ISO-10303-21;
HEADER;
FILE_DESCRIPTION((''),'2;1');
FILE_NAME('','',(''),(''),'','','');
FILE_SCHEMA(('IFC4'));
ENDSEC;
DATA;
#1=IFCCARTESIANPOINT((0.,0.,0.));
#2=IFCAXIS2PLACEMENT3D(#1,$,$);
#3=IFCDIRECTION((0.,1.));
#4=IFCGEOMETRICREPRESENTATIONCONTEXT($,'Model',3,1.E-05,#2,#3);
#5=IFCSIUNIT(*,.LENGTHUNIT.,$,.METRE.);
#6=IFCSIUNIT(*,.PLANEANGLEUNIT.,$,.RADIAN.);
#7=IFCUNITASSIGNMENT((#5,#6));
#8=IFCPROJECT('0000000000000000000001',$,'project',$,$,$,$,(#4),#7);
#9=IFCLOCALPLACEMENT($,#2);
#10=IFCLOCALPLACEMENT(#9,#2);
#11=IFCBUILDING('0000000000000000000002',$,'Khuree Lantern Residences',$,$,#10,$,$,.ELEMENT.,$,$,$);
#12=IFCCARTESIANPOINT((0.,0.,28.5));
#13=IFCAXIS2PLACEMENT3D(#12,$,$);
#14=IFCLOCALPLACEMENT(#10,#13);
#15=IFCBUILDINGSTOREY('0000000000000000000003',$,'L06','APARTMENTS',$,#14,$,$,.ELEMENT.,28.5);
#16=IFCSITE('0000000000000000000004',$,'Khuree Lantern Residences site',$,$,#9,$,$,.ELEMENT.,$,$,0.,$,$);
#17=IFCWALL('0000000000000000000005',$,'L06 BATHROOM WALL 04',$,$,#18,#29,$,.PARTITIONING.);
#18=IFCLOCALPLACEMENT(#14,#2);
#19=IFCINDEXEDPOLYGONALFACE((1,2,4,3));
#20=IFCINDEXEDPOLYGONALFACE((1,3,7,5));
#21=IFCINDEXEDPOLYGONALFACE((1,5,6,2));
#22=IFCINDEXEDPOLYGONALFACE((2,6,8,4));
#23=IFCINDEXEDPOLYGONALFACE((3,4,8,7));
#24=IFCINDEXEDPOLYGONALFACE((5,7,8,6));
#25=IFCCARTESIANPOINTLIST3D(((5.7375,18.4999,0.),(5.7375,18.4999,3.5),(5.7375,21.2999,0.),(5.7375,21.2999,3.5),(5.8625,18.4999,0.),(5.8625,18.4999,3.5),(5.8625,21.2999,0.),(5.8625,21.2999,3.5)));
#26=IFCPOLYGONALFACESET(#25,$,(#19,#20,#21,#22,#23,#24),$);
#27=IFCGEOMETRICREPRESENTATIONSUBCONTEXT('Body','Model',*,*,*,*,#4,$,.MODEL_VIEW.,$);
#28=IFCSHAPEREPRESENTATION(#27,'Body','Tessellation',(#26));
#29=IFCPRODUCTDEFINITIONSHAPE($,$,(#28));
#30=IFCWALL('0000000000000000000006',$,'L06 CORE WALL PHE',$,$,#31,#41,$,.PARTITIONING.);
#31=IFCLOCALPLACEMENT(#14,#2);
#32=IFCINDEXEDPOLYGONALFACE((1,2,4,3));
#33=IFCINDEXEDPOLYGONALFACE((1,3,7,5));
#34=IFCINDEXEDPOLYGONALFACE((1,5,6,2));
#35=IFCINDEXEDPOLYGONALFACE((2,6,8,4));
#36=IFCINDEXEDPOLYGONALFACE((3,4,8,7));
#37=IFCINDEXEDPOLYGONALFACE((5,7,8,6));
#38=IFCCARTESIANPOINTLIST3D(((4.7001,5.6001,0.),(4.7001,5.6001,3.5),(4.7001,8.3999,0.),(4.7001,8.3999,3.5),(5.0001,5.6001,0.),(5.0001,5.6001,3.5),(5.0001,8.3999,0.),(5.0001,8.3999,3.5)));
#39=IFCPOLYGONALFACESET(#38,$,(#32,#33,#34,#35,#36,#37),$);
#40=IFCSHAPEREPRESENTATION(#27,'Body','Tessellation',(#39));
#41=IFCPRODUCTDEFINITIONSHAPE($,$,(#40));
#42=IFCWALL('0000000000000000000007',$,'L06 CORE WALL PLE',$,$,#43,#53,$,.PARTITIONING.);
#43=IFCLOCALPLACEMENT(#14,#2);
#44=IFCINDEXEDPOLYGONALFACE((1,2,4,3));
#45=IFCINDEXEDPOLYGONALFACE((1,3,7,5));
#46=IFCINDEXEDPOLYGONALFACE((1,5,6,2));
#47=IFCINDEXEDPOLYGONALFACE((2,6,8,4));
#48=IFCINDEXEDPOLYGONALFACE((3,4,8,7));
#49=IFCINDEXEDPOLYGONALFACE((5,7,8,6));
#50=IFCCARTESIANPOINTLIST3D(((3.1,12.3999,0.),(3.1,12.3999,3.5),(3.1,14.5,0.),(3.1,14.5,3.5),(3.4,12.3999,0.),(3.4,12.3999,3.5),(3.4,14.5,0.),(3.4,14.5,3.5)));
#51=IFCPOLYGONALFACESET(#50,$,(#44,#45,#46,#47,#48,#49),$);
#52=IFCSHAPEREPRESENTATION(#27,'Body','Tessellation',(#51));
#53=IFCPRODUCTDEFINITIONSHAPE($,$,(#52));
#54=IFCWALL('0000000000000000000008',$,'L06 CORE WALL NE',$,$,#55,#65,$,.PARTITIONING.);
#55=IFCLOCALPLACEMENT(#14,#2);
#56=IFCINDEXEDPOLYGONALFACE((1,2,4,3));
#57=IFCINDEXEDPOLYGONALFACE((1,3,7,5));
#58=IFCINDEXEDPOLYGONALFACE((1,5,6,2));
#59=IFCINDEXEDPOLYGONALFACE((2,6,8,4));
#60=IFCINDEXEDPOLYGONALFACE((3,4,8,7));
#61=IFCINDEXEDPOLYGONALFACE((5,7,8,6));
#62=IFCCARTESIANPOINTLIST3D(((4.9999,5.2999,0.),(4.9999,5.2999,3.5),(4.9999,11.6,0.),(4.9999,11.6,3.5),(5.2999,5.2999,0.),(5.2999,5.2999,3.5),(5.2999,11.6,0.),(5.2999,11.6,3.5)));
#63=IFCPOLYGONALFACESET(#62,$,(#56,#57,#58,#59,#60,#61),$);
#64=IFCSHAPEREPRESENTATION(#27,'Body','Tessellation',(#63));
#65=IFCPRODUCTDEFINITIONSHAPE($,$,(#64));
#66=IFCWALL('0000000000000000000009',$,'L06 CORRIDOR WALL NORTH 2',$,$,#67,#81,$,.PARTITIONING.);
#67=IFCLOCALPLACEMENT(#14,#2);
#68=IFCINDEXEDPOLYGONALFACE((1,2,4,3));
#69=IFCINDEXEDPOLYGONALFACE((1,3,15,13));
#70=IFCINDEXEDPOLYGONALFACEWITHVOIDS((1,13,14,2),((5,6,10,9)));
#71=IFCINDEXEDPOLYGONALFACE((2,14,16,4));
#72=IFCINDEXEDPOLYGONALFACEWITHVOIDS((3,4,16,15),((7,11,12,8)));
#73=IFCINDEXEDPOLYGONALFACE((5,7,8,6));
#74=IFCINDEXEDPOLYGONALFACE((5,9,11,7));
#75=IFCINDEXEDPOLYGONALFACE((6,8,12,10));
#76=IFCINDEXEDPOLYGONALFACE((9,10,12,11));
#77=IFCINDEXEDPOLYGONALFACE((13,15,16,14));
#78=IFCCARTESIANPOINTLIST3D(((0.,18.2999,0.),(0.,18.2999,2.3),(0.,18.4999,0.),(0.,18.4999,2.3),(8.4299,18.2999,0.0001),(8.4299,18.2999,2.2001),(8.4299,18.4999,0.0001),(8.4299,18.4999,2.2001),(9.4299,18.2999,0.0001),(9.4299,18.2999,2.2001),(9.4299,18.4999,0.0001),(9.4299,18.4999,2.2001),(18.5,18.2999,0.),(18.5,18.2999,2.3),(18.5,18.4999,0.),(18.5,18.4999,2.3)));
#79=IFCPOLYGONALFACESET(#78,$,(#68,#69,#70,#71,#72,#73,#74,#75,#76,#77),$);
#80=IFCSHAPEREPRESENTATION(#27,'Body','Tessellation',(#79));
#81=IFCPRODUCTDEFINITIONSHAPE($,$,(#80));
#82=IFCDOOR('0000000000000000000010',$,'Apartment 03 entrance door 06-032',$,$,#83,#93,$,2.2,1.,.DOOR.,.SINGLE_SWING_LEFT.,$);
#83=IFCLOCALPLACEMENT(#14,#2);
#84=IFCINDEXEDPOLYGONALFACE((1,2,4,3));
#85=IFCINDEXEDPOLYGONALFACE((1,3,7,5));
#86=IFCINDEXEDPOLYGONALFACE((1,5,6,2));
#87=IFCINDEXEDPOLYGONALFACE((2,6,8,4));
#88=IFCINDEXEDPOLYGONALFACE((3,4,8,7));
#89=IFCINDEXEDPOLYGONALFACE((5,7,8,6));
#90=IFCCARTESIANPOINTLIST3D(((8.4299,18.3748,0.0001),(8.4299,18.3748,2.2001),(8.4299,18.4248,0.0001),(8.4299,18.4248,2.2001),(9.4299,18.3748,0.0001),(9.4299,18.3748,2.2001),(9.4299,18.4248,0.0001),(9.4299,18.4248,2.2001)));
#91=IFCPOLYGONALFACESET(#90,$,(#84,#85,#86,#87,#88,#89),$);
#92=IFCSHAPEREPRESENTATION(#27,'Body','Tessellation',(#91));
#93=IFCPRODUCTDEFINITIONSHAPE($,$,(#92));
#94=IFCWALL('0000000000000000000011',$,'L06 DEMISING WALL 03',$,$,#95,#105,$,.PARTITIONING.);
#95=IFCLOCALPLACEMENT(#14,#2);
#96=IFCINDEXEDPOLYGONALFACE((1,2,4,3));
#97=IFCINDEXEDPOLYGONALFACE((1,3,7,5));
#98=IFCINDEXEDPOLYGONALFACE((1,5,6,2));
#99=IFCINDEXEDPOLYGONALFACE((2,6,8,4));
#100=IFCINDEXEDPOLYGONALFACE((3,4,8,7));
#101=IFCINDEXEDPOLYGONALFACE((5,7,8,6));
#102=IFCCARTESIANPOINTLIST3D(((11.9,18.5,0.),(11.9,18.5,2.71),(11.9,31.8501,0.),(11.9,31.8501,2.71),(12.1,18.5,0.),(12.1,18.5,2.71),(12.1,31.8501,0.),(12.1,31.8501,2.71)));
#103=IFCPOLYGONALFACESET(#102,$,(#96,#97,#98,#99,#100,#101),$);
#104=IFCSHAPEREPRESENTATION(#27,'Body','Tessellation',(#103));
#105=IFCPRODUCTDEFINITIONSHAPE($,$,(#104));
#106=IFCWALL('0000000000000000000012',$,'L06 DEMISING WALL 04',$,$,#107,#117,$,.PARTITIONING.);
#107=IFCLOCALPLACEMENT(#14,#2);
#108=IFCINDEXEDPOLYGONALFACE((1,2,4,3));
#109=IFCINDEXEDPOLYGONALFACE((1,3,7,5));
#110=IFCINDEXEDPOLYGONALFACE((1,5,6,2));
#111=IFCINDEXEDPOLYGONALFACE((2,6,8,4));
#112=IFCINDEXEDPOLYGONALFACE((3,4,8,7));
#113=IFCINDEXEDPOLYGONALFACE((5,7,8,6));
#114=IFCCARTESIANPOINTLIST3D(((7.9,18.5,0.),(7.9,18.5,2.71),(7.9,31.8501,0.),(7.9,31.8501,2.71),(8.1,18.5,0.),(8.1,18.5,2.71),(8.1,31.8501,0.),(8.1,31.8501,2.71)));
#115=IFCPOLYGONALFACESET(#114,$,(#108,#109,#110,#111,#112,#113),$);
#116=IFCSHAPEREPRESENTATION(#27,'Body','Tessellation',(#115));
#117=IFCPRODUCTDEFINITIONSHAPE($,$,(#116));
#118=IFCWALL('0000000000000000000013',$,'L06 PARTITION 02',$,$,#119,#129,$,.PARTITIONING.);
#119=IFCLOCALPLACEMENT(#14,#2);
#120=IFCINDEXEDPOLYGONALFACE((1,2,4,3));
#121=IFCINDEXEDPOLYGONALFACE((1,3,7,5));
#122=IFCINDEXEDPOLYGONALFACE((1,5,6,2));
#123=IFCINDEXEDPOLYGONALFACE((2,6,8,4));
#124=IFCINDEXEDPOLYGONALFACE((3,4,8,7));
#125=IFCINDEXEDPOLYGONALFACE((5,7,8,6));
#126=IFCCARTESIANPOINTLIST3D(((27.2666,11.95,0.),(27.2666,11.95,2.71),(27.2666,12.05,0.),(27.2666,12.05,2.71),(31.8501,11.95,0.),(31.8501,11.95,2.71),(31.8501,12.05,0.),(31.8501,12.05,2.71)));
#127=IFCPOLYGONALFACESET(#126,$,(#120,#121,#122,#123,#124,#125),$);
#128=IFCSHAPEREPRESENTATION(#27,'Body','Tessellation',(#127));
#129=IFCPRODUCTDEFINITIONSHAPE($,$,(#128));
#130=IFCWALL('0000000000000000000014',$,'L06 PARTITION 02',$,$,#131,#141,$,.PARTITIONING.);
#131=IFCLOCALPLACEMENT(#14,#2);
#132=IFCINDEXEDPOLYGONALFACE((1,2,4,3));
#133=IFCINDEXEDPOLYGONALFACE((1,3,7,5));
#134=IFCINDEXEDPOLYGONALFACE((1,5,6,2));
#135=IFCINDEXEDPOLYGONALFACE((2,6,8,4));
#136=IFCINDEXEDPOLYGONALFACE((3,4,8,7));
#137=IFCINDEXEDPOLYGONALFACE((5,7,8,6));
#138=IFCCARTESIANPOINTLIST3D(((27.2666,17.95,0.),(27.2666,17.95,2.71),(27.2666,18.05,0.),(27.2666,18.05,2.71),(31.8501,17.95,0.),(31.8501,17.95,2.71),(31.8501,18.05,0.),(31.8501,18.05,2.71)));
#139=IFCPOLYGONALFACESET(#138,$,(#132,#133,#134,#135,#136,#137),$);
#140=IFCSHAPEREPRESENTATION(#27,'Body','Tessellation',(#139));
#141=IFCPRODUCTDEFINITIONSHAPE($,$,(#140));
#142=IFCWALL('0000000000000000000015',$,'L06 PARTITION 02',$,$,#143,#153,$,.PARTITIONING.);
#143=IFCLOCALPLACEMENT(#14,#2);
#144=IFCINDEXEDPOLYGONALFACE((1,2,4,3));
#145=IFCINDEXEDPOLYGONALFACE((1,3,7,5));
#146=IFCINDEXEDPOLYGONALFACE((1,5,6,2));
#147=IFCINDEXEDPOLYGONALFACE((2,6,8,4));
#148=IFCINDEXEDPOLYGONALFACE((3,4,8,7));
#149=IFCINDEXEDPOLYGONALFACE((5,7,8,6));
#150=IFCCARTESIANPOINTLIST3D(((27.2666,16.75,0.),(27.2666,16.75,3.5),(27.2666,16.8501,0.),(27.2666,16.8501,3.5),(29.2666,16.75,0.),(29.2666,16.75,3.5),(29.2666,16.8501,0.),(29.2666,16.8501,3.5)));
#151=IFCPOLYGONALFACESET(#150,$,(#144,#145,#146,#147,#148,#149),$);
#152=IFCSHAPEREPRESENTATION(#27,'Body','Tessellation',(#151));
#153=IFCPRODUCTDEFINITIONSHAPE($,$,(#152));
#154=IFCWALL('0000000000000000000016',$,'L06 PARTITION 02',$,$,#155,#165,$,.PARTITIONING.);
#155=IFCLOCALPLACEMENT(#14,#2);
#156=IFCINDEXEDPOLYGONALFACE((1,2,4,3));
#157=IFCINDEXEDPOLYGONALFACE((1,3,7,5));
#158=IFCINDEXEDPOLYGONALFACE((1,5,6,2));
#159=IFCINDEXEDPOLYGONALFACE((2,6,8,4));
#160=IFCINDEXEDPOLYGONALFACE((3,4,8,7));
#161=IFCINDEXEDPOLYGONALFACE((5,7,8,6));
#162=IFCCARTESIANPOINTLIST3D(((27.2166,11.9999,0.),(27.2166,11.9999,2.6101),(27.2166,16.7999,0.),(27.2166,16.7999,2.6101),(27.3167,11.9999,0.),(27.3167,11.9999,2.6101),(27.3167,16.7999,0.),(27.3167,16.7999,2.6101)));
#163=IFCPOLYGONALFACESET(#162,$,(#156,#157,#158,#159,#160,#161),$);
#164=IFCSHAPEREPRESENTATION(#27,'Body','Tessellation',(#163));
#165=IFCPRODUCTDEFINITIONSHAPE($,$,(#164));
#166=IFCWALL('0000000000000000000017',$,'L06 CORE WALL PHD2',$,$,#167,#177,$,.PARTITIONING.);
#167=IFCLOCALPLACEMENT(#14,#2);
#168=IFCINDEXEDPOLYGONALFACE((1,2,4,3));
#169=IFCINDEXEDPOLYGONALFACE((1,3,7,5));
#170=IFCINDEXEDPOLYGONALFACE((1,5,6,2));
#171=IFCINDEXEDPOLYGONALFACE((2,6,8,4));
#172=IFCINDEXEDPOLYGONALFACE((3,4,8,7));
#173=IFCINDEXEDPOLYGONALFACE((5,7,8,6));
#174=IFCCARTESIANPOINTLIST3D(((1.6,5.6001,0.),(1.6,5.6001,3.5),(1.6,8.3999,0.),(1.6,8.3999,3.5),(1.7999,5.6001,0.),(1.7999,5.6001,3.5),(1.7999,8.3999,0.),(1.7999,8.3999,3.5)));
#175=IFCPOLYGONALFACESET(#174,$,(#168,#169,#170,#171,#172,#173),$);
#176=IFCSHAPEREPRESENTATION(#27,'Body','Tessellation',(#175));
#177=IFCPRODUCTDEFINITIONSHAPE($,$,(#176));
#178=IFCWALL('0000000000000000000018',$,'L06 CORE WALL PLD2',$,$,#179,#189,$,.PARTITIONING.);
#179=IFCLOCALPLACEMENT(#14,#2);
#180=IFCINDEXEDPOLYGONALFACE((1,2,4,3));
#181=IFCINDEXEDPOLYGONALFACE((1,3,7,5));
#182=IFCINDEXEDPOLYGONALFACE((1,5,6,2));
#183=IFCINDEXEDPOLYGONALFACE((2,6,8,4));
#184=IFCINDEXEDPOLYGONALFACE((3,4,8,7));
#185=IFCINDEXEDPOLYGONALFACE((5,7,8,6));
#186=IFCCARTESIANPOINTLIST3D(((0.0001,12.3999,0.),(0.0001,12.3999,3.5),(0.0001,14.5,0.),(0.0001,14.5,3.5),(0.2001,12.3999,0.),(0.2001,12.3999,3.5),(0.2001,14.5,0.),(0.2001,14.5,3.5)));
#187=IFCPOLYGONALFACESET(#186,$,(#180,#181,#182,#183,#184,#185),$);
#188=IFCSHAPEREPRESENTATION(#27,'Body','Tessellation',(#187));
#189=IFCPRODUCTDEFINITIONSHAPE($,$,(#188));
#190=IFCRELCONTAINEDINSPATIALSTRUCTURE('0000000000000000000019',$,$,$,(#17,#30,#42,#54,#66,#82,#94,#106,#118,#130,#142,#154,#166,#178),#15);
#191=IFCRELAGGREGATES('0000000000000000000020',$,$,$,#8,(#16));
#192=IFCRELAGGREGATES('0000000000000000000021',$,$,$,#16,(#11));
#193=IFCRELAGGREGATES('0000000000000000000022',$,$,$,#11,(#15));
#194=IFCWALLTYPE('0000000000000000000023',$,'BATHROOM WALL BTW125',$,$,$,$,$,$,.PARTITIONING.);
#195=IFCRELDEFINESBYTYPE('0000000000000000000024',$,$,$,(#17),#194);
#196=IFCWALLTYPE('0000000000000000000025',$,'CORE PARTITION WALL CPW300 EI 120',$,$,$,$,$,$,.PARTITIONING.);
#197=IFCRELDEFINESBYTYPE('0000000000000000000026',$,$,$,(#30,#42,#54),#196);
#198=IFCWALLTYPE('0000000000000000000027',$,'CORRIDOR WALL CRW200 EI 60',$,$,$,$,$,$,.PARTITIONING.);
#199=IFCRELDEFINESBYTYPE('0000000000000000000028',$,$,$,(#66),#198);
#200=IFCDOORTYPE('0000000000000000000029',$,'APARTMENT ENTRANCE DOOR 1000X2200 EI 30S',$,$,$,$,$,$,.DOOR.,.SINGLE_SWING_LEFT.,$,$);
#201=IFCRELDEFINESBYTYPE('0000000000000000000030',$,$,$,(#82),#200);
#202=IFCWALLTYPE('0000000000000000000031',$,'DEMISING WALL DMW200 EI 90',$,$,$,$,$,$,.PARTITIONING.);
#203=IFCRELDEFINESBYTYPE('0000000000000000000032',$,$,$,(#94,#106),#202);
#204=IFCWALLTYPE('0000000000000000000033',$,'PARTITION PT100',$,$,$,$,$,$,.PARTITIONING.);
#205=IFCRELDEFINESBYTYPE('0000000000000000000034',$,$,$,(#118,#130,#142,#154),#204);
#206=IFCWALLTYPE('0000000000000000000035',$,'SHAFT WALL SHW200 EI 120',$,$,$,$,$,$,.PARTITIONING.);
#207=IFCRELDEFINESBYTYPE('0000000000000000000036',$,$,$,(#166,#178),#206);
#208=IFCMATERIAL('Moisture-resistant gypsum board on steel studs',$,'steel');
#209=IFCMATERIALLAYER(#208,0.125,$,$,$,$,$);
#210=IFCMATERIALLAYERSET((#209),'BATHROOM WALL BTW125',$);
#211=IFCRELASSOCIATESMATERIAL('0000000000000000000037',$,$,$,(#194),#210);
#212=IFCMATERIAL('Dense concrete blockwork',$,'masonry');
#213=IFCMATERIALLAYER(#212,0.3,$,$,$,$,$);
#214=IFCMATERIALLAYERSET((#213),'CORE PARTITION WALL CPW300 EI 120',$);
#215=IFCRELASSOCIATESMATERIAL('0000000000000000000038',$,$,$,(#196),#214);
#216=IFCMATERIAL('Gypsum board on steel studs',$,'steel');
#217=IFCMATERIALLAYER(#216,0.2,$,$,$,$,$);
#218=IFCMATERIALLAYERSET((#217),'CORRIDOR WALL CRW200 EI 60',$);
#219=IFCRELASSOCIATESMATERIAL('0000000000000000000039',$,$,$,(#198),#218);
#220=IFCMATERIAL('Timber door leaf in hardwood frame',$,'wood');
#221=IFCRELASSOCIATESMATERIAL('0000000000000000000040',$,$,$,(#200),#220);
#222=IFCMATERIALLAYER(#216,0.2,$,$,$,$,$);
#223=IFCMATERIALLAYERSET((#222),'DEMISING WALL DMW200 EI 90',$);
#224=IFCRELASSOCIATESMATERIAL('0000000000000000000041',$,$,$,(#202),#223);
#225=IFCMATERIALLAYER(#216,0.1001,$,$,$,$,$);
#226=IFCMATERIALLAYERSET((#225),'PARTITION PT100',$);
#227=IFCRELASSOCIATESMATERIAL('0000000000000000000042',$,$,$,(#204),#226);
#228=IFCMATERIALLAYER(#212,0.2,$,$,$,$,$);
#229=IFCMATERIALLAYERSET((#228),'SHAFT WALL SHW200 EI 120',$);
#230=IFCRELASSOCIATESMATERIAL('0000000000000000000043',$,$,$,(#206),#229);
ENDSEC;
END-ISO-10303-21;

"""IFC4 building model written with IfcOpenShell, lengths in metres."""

from ifc_helpers import new_model, si_unit, direction, frame, frame_2d, origin, place, context, subcontext, project, spatial, rectangle, extrude, material, layer, layer_set, type_object, element, fill, save


model = new_model("IFC4")

# Units and contexts
model_context = context("Model", 3, precision=1e-05, world=origin(), true_north=direction((0.0, 1.0)))
body_context = subcontext(model_context, "Body", "Model", "MODEL_VIEW")
ifc_project = project(units=[si_unit("LENGTHUNIT", "METRE"), si_unit("PLANEANGLEUNIT", "RADIAN")], contexts=[model_context])

# Site, building, storey
site_placement = place(None, origin())
site = spatial("IfcSite", under=ifc_project, at=site_placement, Name="Khuree Lantern Residences site", CompositionType="ELEMENT", RefElevation=0.0)
building_placement = place(site_placement, origin())
building = spatial("IfcBuilding", under=site, at=building_placement, Name="Khuree Lantern Residences", CompositionType="ELEMENT")
storey_placement = place(building_placement, frame((0.0, 0.0, 28.5)))
storey = spatial("IfcBuildingStorey", under=building, at=storey_placement, Name="L06", Description="APARTMENTS", CompositionType="ELEMENT", Elevation=28.5)

# Walls
ifc_material_1 = material(Name="Moisture-resistant gypsum board on steel studs", Category="steel")
ifc_layer_1 = layer(ifc_material_1, 0.125)
ifc_layer_set_1 = layer_set([ifc_layer_1], Name="BATHROOM WALL BTW125")
wall_type_1 = type_object("IfcWallType", Name="BATHROOM WALL BTW125", PredefinedType="PARTITIONING", material=ifc_layer_set_1)
wall_1_placement = place(storey_placement, frame((5.8, 18.5, 0.0), z_axis=(0.0, 0.0, 1.0), x_axis=(0.0, 1.0, 0.0)))
element("IfcWall", 1, at=wall_1_placement, inside=storey, type_object=wall_type_1, Name="L06 BATHROOM WALL 04", PredefinedType="PARTITIONING", context=body_context, shape_type="SweptSolid", body=[
    extrude(rectangle(XDim=2.8, YDim=0.125, at=frame_2d((1.3999, 0.0))), origin(), (0.0, 0.0, 1.0), 3.5),
])
ifc_material_2 = material(Name="Dense concrete blockwork", Category="masonry")
ifc_layer_2 = layer(ifc_material_2, 0.3)
ifc_layer_set_2 = layer_set([ifc_layer_2], Name="CORE PARTITION WALL CPW300 EI 120")
wall_type_2 = type_object("IfcWallType", Name="CORE PARTITION WALL CPW300 EI 120", PredefinedType="PARTITIONING", material=ifc_layer_set_2)
wall_2_placement = place(storey_placement, frame((4.8501, 5.6001, 0.0), z_axis=(0.0, 0.0, 1.0), x_axis=(0.0, 1.0, 0.0)))
element("IfcWall", 2, at=wall_2_placement, inside=storey, type_object=wall_type_2, Name="L06 CORE WALL PHE", PredefinedType="PARTITIONING", context=body_context, shape_type="SweptSolid", body=[
    extrude(rectangle(XDim=2.7998, YDim=0.3, at=frame_2d((1.3999, 0.0))), origin(), (0.0, 0.0, 1.0), 3.5),
])
wall_3_placement = place(storey_placement, frame((3.25, 12.3999, 0.0), z_axis=(0.0, 0.0, 1.0), x_axis=(0.0, 1.0, 0.0)))
element("IfcWall", 3, at=wall_3_placement, inside=storey, type_object=wall_type_2, Name="L06 CORE WALL PLE", PredefinedType="PARTITIONING", context=body_context, shape_type="SweptSolid", body=[
    extrude(rectangle(XDim=2.1001, YDim=0.3, at=frame_2d((1.05, 0.0))), origin(), (0.0, 0.0, 1.0), 3.5),
])
wall_4_placement = place(storey_placement, frame((5.1499, 5.3, 0.0), z_axis=(0.0, 0.0, 1.0), x_axis=(0.0, 1.0, 0.0)))
element("IfcWall", 4, at=wall_4_placement, inside=storey, type_object=wall_type_2, Name="L06 CORE WALL NE", PredefinedType="PARTITIONING", context=body_context, shape_type="SweptSolid", body=[
    extrude(rectangle(XDim=6.3, YDim=0.3, at=frame_2d((3.1499, 0.0))), origin(), (0.0, 0.0, 1.0), 3.5),
])

# Wall, opening, door
ifc_material_3 = material(Name="Gypsum board on steel studs", Category="steel")
ifc_layer_3 = layer(ifc_material_3, 0.2)
ifc_layer_set_3 = layer_set([ifc_layer_3], Name="CORRIDOR WALL CRW200 EI 60")
wall_type_3 = type_object("IfcWallType", Name="CORRIDOR WALL CRW200 EI 60", PredefinedType="PARTITIONING", material=ifc_layer_set_3)
wall_5_placement = place(storey_placement, frame((0.0, 18.3999, 0.0), z_axis=(0.0, 0.0, 1.0), x_axis=(1.0, 0.0, 0.0)))
wall_5 = element("IfcWall", 5, at=wall_5_placement, inside=storey, type_object=wall_type_3, Name="L06 CORRIDOR WALL NORTH 2", PredefinedType="PARTITIONING", context=body_context, shape_type="SweptSolid", body=[
    extrude(rectangle(XDim=18.5, YDim=0.2, at=frame_2d((9.25, 0.0))), origin(), (0.0, 0.0, 1.0), 2.3),
])
opening_placement = place(wall_5_placement, frame((8.4299, 0.0, 0.0)))
opening = element("IfcOpeningElement", 6, at=opening_placement, cuts=wall_5, PredefinedType="OPENING", context=body_context, shape_type="SweptSolid", body=[
    extrude(rectangle(XDim=1.0, YDim=2.2, at=frame_2d((0.5, 1.1001))), frame((0.0, 0.1099, 0.0), z_axis=(0.0, -1.0, 0.0), x_axis=(1.0, 0.0, 0.0)), (0.0, 0.0, 1.0), 0.22),
])
ifc_material_4 = material(Name="Timber door leaf in hardwood frame", Category="wood")
door_type = type_object("IfcDoorType", Name="APARTMENT ENTRANCE DOOR 1000X2200 EI 30S", OperationType="SINGLE_SWING_LEFT", PredefinedType="DOOR", material=ifc_material_4)
door_placement = place(opening_placement, origin())
door = element("IfcDoor", 7, at=door_placement, inside=storey, type_object=door_type, Name="Apartment 03 entrance door 06-032", OperationType="SINGLE_SWING_LEFT", OverallHeight=2.2, OverallWidth=1.0, PredefinedType="DOOR", context=body_context, shape_type="SweptSolid", body=[
    extrude(rectangle(XDim=1.0, YDim=2.2, at=frame_2d((0.5, 1.1001))), frame((0.0, 0.0249, 0.0), z_axis=(0.0, -1.0, 0.0), x_axis=(1.0, 0.0, 0.0)), (0.0, 0.0, 1.0), 0.05),
])
fill(opening, door)

# Walls
ifc_layer_4 = layer(ifc_material_3, 0.2)
ifc_layer_set_4 = layer_set([ifc_layer_4], Name="DEMISING WALL DMW200 EI 90")
wall_type_4 = type_object("IfcWallType", Name="DEMISING WALL DMW200 EI 90", PredefinedType="PARTITIONING", material=ifc_layer_set_4)
for number, where, z_axis, x_axis, name in (
    (8, (12.0, 18.5, 0.0), (0.0, 0.0, 1.0), (0.0, 1.0, 0.0), "L06 DEMISING WALL 03"),
    (9, (8.0, 18.5, 0.0), (0.0, 0.0, 1.0), (0.0, 1.0, 0.0), "L06 DEMISING WALL 04"),
):
    element("IfcWall", number, at=place(storey_placement, frame(where, z_axis=z_axis, x_axis=x_axis)), inside=storey, type_object=wall_type_4, Name=name, PredefinedType="PARTITIONING", context=body_context, shape_type="SweptSolid", body=[
        extrude(rectangle(XDim=13.3501, YDim=0.2, at=frame_2d((6.675, 0.0))), origin(), (0.0, 0.0, 1.0), 2.71),
    ])
ifc_layer_5 = layer(ifc_material_3, 0.1001)
ifc_layer_set_5 = layer_set([ifc_layer_5], Name="PARTITION PT100")
wall_type_5 = type_object("IfcWallType", Name="PARTITION PT100", PredefinedType="PARTITIONING", material=ifc_layer_set_5)
for number, where, z_axis, x_axis, name in (
    (10, (27.2666, 12.0, 0.0), (0.0, 0.0, 1.0), (1.0, 0.0, 0.0), "L06 PARTITION 02"),
    (11, (27.2666, 18.0, 0.0), (0.0, 0.0, 1.0), (1.0, 0.0, 0.0), "L06 PARTITION 02"),
):
    element("IfcWall", number, at=place(storey_placement, frame(where, z_axis=z_axis, x_axis=x_axis)), inside=storey, type_object=wall_type_5, Name=name, PredefinedType="PARTITIONING", context=body_context, shape_type="SweptSolid", body=[
        extrude(rectangle(XDim=4.5835, YDim=0.1001, at=frame_2d((2.2917, 0.0))), origin(), (0.0, 0.0, 1.0), 2.71),
    ])
wall_6_placement = place(storey_placement, frame((27.2666, 16.8, 0.0), z_axis=(0.0, 0.0, 1.0), x_axis=(1.0, 0.0, 0.0)))
element("IfcWall", 12, at=wall_6_placement, inside=storey, type_object=wall_type_5, Name="L06 PARTITION 02", PredefinedType="PARTITIONING", context=body_context, shape_type="SweptSolid", body=[
    extrude(rectangle(XDim=2.0, YDim=0.1001, at=frame_2d((1.0, 0.0))), origin(), (0.0, 0.0, 1.0), 3.5),
])
wall_7_placement = place(storey_placement, frame((27.2666, 12.0, 0.0), z_axis=(0.0, 0.0, 1.0), x_axis=(0.0, 1.0, 0.0)))
element("IfcWall", 13, at=wall_7_placement, inside=storey, type_object=wall_type_5, Name="L06 PARTITION 02", PredefinedType="PARTITIONING", context=body_context, shape_type="SweptSolid", body=[
    extrude(rectangle(XDim=4.8, YDim=0.1001, at=frame_2d((2.3999, 0.0))), origin(), (0.0, 0.0, 1.0), 2.6101),
])
ifc_layer_6 = layer(ifc_material_2, 0.2)
ifc_layer_set_6 = layer_set([ifc_layer_6], Name="SHAFT WALL SHW200 EI 120")
wall_type_6 = type_object("IfcWallType", Name="SHAFT WALL SHW200 EI 120", PredefinedType="PARTITIONING", material=ifc_layer_set_6)
wall_8_placement = place(storey_placement, frame((1.7, 5.6001, 0.0), z_axis=(0.0, 0.0, 1.0), x_axis=(0.0, 1.0, 0.0)))
element("IfcWall", 14, at=wall_8_placement, inside=storey, type_object=wall_type_6, Name="L06 CORE WALL PHD2", PredefinedType="PARTITIONING", context=body_context, shape_type="SweptSolid", body=[
    extrude(rectangle(XDim=2.7998, YDim=0.2, at=frame_2d((1.3999, 0.0))), origin(), (0.0, 0.0, 1.0), 3.5),
])
wall_9_placement = place(storey_placement, frame((0.1001, 12.3999, 0.0), z_axis=(0.0, 0.0, 1.0), x_axis=(0.0, 1.0, 0.0)))
element("IfcWall", 15, at=wall_9_placement, inside=storey, type_object=wall_type_6, Name="L06 CORE WALL PLD2", PredefinedType="PARTITIONING", context=body_context, shape_type="SweptSolid", body=[
    extrude(rectangle(XDim=2.1001, YDim=0.2, at=frame_2d((1.05, 0.0))), origin(), (0.0, 0.0, 1.0), 3.5),
])

save(model, "model.ifc")
